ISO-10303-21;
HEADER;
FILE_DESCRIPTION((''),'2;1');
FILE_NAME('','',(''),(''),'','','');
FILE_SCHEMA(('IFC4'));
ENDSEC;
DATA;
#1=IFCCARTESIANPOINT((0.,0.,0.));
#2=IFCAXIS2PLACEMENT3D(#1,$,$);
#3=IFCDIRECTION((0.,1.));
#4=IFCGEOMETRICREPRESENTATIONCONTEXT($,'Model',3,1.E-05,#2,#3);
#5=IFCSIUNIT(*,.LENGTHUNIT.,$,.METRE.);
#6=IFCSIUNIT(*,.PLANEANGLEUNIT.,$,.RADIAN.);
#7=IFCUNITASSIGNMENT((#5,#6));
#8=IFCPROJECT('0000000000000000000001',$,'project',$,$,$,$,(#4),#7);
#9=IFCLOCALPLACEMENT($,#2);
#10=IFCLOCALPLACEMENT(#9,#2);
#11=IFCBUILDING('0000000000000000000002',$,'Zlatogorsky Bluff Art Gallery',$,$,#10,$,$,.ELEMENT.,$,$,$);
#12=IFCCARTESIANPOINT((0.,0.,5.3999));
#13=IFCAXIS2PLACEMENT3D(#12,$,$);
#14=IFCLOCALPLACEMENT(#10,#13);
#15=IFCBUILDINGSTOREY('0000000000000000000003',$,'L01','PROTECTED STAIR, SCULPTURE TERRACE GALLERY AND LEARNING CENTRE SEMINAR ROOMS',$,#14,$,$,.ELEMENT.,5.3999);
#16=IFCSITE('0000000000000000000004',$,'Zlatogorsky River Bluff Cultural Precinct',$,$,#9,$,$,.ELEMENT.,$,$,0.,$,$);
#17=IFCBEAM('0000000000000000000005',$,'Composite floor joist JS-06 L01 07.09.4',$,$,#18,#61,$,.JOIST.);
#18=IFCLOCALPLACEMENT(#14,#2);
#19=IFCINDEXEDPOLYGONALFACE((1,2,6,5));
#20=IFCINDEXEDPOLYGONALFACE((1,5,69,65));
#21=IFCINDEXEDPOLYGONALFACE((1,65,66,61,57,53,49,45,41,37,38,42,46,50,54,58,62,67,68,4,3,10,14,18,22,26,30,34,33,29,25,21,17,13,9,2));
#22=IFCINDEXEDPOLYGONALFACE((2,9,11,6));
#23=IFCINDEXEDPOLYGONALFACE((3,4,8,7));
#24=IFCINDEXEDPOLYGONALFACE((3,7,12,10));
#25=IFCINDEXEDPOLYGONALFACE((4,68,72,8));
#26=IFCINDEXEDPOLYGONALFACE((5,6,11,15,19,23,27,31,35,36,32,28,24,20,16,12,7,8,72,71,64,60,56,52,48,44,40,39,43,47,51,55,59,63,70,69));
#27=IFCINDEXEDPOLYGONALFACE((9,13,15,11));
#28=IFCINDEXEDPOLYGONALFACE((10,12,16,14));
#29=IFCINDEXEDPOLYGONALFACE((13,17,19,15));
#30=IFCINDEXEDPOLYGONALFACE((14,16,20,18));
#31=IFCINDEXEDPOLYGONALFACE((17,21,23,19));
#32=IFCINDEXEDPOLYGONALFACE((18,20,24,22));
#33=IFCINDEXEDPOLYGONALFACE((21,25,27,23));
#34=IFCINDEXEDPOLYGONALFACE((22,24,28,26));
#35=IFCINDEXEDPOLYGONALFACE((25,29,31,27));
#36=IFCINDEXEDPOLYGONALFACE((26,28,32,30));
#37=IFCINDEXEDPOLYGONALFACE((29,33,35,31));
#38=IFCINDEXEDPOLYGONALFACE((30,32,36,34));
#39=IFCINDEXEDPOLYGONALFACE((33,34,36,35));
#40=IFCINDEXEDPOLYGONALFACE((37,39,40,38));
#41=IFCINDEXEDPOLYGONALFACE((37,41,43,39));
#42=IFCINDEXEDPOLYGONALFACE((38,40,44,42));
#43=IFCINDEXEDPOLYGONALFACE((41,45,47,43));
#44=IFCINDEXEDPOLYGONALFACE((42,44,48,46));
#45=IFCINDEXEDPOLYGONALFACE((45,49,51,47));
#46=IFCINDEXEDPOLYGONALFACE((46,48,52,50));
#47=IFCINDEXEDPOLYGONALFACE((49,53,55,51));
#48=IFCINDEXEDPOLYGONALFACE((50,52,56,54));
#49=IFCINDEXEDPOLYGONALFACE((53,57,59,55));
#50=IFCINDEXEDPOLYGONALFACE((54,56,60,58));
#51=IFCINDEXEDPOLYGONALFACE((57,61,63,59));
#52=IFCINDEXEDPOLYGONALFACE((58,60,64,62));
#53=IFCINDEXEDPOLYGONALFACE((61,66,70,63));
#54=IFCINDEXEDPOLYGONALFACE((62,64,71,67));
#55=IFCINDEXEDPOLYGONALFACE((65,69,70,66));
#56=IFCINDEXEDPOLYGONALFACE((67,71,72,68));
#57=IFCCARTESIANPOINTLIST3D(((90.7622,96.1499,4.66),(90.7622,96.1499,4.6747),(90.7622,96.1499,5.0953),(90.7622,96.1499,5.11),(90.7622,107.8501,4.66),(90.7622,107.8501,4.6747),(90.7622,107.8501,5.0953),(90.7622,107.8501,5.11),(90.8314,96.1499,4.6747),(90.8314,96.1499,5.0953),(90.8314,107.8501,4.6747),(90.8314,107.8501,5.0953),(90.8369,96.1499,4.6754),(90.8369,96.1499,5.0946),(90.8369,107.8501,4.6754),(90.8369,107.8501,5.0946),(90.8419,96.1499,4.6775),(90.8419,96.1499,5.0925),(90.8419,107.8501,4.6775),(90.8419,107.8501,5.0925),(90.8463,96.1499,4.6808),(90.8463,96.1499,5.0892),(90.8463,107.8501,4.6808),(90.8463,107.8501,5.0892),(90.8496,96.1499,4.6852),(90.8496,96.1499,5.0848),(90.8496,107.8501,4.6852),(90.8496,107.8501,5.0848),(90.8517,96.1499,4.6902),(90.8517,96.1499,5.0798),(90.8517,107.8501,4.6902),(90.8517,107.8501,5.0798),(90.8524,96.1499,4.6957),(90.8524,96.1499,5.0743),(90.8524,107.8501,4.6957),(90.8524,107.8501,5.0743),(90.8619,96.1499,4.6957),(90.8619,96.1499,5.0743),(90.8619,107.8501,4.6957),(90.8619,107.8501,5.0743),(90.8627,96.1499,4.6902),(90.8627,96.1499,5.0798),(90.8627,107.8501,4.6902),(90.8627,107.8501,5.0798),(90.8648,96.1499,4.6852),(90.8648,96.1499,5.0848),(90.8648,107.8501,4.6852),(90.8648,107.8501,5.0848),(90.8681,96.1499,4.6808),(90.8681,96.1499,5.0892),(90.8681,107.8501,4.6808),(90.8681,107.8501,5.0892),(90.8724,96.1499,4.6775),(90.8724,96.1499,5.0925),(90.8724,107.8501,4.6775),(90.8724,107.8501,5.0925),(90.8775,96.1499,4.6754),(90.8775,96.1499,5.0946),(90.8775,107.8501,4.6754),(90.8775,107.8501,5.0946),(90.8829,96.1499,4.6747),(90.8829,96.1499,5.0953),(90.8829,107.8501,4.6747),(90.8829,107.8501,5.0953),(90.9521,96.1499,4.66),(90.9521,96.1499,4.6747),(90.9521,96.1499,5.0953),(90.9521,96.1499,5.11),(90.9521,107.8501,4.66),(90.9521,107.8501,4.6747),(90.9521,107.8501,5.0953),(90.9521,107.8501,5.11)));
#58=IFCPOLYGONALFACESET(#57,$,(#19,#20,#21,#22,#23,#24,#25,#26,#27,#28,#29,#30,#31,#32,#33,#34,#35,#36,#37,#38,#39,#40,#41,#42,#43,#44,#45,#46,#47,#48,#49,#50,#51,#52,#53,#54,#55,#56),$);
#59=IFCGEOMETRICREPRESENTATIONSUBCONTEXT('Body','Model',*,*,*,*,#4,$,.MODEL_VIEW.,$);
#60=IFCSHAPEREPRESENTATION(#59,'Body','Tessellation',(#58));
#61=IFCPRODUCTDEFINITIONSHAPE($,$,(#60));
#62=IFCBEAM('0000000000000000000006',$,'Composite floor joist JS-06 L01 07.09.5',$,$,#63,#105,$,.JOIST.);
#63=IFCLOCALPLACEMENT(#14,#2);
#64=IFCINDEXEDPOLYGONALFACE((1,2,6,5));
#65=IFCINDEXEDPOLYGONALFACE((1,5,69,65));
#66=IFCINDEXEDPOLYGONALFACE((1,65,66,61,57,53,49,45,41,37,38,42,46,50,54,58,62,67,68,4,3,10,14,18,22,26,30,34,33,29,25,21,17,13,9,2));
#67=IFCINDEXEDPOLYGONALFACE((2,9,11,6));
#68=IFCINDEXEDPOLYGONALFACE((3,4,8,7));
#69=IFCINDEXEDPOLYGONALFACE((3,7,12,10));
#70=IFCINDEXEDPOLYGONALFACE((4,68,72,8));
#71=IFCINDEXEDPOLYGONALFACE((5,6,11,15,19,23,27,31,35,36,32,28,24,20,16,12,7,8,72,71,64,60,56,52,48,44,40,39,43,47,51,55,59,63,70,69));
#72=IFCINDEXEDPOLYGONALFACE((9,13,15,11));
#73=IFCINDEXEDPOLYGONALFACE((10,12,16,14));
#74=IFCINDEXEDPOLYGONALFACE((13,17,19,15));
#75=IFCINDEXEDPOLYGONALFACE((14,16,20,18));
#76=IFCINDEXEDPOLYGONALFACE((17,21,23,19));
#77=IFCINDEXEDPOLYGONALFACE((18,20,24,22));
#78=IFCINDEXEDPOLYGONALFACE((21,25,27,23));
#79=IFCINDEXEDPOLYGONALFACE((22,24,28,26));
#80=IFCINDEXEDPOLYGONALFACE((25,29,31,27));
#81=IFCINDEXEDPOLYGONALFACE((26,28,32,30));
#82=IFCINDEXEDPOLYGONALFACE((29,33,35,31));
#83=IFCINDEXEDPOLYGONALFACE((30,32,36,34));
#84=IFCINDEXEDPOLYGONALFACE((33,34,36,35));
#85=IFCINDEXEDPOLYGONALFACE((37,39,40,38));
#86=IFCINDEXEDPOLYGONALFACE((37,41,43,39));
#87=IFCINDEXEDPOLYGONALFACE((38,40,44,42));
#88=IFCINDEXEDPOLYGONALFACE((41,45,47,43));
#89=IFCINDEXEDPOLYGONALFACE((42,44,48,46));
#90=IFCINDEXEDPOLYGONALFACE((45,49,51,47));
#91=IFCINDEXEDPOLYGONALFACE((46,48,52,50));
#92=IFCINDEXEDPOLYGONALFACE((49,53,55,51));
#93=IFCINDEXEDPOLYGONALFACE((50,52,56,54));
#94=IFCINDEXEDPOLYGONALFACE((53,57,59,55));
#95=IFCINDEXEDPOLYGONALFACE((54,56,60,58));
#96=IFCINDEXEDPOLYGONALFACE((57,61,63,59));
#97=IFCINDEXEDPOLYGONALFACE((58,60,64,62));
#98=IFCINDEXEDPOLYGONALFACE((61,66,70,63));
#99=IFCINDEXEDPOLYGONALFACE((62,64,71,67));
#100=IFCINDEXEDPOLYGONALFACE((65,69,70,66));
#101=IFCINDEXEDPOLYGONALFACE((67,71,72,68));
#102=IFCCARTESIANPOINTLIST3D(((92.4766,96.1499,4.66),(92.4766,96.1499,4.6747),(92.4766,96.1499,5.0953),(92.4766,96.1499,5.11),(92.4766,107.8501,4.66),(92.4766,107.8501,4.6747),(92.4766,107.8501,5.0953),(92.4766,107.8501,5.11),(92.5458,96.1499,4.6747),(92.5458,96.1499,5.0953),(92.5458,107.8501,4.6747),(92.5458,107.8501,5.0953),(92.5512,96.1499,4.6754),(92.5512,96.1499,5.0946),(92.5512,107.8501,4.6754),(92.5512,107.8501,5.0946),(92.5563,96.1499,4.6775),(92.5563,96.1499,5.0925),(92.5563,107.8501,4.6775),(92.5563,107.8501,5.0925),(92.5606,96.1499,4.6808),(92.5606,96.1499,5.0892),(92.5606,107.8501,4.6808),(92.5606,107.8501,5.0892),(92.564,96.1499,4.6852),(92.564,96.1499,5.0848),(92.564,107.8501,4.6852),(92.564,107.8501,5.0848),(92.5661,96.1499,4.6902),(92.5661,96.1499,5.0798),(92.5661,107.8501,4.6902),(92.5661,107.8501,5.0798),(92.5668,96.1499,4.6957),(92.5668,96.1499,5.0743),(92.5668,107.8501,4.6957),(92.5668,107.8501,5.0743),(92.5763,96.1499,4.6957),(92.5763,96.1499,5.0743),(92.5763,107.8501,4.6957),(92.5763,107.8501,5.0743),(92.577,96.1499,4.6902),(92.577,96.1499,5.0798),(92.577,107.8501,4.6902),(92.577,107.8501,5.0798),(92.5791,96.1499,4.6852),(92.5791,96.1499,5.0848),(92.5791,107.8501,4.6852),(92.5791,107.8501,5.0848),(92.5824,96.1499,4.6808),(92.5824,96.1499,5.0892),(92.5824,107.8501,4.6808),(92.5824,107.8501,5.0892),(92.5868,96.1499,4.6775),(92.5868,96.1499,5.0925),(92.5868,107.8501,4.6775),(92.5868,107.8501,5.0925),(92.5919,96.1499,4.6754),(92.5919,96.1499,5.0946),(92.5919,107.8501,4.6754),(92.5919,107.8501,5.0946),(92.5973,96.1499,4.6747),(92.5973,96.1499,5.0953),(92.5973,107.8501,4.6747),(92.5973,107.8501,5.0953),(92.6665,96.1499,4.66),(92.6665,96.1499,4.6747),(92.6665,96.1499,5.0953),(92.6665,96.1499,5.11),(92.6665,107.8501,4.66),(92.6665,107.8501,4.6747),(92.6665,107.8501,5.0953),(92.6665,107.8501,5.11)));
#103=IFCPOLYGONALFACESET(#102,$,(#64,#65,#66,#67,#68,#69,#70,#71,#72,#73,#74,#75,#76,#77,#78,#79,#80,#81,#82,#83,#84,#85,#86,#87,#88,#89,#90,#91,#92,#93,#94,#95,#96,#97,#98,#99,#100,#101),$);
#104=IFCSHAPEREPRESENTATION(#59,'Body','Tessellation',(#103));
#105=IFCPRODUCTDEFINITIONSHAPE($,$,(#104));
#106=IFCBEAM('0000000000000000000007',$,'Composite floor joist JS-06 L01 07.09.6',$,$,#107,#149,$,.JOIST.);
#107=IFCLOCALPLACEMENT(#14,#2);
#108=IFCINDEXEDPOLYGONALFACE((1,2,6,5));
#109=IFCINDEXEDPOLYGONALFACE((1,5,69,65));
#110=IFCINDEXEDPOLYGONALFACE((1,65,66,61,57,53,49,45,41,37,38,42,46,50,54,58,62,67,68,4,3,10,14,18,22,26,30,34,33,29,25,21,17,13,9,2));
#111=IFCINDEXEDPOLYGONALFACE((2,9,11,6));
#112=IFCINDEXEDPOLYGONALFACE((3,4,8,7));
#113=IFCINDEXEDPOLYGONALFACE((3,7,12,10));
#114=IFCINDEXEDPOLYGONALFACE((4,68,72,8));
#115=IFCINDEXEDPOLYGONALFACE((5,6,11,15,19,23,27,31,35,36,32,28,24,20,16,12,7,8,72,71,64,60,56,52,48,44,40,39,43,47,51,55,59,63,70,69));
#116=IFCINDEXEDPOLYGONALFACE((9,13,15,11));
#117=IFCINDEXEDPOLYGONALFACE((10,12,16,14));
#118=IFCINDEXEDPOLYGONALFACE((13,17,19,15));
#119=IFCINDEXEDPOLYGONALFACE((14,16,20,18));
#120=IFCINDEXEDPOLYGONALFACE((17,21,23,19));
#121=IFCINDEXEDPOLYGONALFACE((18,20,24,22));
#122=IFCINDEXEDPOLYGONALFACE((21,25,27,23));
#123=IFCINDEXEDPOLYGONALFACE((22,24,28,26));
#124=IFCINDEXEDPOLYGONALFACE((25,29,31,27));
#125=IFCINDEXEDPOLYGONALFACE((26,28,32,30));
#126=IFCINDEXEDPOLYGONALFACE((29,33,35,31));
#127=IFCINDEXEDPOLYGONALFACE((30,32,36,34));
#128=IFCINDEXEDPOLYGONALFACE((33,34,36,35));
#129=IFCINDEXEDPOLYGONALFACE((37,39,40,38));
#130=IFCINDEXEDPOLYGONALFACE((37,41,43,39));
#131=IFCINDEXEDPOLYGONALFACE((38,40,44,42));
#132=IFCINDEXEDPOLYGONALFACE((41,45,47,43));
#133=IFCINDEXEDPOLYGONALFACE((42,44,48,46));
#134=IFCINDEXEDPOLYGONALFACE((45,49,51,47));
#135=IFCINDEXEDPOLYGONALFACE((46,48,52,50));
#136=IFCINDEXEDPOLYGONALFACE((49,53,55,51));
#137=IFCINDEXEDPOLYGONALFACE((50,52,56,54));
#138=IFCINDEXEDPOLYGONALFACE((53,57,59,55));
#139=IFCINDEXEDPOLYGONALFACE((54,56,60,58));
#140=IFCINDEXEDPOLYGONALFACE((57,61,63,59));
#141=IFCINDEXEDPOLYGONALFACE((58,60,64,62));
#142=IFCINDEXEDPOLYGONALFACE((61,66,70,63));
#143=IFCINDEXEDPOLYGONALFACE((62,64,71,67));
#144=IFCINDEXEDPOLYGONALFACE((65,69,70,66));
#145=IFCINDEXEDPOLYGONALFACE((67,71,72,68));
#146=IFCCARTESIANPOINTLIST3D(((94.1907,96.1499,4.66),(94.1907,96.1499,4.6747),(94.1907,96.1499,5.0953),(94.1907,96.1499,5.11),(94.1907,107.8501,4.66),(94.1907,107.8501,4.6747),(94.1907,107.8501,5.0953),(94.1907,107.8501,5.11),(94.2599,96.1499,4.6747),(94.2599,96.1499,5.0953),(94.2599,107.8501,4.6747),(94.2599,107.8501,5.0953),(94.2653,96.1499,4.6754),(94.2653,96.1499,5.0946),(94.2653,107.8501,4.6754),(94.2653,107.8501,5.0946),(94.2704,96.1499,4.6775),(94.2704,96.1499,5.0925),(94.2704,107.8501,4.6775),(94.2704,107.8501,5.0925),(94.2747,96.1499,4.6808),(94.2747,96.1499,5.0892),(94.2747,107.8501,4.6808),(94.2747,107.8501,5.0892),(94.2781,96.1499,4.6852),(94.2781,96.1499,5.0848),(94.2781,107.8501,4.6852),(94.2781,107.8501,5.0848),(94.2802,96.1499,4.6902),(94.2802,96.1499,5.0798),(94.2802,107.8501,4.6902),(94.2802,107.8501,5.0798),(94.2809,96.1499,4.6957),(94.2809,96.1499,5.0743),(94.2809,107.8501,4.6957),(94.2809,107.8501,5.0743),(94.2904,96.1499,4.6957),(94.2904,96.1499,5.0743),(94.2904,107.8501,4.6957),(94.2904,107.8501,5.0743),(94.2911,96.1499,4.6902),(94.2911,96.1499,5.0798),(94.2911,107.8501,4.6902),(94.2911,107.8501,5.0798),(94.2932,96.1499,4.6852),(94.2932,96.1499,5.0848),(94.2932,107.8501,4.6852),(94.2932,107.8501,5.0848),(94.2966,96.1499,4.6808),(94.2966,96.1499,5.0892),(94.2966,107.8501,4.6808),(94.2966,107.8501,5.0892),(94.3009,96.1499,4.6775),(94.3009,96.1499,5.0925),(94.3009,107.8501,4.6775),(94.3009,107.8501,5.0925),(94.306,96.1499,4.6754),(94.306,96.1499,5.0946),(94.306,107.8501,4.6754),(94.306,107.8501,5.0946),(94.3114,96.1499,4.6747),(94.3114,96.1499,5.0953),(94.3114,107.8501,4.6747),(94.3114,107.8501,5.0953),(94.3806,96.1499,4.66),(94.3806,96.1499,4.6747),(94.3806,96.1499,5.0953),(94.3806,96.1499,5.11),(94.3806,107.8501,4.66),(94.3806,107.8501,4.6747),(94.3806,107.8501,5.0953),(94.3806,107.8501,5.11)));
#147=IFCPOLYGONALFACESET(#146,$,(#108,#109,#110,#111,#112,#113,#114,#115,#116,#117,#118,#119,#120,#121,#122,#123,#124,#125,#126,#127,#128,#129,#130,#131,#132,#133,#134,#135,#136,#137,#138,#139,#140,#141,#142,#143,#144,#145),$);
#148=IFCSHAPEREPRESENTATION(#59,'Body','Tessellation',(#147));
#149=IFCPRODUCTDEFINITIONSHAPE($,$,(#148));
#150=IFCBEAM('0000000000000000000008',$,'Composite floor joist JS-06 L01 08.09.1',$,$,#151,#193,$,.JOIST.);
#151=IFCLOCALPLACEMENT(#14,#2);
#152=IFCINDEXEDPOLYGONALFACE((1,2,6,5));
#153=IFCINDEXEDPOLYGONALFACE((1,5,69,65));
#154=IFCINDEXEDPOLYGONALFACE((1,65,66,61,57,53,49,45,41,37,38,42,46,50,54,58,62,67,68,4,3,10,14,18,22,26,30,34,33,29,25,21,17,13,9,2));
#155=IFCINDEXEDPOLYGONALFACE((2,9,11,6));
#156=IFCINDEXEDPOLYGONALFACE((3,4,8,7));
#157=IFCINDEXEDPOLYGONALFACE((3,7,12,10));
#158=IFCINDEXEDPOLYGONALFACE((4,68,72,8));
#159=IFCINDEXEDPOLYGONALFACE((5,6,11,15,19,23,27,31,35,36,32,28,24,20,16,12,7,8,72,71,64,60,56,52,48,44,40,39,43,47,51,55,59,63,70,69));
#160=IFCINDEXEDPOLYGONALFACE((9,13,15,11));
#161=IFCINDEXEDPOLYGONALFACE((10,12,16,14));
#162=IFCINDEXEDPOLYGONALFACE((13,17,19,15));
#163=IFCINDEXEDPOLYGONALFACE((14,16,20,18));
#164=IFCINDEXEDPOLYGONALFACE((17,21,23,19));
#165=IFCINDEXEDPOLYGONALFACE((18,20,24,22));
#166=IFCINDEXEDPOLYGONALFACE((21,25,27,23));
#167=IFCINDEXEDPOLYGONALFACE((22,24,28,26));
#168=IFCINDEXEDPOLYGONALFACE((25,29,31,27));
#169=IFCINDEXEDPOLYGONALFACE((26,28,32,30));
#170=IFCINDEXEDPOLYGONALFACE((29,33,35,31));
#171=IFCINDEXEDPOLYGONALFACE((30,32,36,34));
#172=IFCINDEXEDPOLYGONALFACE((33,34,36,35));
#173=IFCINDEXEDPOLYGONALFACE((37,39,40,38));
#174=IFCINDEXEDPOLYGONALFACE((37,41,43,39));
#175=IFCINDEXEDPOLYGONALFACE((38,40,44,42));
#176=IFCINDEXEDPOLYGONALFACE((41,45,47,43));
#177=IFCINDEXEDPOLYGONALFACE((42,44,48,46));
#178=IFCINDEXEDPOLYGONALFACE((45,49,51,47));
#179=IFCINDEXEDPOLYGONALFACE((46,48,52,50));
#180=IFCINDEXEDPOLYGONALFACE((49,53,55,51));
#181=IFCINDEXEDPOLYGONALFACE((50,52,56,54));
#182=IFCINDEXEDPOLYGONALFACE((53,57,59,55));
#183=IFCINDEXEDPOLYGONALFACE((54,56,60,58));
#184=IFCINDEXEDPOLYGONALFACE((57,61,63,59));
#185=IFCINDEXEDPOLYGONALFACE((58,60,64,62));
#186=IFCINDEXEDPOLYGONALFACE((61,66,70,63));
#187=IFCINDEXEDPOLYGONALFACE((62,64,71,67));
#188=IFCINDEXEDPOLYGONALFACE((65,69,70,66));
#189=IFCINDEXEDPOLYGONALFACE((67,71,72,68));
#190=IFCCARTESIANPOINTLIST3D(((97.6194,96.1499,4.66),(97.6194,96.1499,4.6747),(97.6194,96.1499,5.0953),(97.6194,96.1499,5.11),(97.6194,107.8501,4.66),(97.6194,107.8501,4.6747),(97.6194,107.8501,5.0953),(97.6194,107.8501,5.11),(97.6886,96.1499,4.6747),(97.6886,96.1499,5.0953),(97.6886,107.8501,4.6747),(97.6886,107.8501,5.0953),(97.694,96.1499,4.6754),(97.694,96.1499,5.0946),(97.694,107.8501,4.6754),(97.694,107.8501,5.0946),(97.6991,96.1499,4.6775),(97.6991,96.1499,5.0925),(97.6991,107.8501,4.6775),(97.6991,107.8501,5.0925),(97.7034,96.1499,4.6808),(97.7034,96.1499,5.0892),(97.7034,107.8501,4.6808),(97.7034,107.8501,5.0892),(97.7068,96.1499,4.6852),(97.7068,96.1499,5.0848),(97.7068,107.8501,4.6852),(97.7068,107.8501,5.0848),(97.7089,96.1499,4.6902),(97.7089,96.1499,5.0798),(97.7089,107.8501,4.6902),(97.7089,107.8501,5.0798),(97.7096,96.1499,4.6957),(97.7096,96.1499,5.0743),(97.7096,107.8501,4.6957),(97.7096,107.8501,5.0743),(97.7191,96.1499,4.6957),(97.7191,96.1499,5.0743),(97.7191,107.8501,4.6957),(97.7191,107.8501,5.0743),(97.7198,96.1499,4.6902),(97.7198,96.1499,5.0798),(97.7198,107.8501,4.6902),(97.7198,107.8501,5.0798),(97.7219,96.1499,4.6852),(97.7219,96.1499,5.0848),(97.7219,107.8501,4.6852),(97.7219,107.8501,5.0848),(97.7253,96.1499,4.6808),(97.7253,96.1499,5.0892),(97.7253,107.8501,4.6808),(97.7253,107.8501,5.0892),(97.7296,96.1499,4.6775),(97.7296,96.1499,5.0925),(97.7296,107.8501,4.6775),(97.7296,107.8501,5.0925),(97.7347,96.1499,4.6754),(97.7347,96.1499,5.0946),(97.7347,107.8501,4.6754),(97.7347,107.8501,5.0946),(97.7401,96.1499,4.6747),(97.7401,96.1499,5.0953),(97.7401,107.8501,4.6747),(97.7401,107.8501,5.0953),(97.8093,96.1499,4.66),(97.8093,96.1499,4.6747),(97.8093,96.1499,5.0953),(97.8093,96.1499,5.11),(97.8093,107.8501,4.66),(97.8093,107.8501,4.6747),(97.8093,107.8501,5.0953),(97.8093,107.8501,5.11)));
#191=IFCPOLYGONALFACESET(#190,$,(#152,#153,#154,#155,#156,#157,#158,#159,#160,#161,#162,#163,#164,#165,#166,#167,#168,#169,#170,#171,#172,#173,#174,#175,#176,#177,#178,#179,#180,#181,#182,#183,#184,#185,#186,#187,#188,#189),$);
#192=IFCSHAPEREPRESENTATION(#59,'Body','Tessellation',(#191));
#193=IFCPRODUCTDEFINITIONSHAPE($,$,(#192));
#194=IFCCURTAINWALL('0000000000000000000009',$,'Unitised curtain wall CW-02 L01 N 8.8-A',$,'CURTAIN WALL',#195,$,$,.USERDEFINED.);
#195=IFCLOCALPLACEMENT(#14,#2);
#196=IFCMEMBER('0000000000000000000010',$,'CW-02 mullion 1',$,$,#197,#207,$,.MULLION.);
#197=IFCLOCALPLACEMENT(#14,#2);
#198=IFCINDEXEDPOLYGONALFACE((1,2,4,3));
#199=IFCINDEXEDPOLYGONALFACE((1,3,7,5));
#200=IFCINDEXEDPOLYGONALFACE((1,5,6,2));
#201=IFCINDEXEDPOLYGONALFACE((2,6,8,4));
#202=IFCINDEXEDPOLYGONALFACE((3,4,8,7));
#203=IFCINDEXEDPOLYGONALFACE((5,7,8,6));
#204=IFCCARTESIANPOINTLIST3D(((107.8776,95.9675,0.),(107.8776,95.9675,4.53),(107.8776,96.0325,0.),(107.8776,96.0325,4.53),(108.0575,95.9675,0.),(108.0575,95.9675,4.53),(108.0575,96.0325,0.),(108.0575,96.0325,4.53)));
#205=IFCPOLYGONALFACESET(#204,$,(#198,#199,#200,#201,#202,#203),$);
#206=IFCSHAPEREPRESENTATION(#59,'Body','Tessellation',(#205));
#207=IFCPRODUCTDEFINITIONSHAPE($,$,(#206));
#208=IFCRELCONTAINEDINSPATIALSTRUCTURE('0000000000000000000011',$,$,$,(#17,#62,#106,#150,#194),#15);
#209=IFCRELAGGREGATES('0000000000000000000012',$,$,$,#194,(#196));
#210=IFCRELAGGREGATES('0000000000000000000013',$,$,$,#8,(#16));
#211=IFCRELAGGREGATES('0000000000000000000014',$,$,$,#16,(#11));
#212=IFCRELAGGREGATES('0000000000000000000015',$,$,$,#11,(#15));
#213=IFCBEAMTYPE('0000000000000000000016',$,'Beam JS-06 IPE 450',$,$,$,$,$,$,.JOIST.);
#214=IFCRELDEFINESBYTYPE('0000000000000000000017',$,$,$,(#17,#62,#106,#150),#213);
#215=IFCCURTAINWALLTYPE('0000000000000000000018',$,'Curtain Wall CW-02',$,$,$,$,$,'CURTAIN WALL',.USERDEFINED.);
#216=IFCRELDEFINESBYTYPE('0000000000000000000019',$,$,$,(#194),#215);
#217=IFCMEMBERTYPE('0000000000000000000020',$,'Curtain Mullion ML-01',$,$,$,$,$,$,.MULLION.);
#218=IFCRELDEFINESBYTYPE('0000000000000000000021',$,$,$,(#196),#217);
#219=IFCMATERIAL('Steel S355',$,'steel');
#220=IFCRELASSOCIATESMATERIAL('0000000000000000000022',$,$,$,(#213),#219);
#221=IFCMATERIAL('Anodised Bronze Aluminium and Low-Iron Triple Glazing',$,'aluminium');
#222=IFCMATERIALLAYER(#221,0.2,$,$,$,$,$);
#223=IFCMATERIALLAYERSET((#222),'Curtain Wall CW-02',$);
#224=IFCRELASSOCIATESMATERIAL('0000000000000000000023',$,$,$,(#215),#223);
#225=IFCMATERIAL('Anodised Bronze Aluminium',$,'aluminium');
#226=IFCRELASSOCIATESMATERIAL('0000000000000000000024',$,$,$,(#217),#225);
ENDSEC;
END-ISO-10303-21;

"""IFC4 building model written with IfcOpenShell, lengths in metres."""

from ifc_helpers import new_model, si_unit, direction, frame, origin, origin_2d, place, context, subcontext, project, spatial, rectangle, i_section, extrude, material, layer, layer_set, material_profile, profile_set, type_object, element, aggregate, save


model = new_model("IFC4")

# Units and contexts
model_context = context("Model", 3, precision=1e-05, world=origin(), true_north=direction((0.0, 1.0)))
body_context = subcontext(model_context, "Body", "Model", "MODEL_VIEW")
ifc_project = project(units=[si_unit("LENGTHUNIT", "METRE"), si_unit("PLANEANGLEUNIT", "RADIAN")], contexts=[model_context])

# Site, building, storey
site_placement = place(None, origin())
site = spatial("IfcSite", under=ifc_project, at=site_placement, Name="Zlatogorsky River Bluff Cultural Precinct", CompositionType="ELEMENT", RefElevation=0.0)
building_placement = place(site_placement, origin())
building = spatial("IfcBuilding", under=site, at=building_placement, Name="Zlatogorsky Bluff Art Gallery", CompositionType="ELEMENT")
storey_placement = place(building_placement, frame((0.0, 0.0, 5.3999)))
storey = spatial("IfcBuildingStorey", under=building, at=storey_placement, Name="L01", Description="PROTECTED STAIR, SCULPTURE TERRACE GALLERY AND LEARNING CENTRE SEMINAR ROOMS", CompositionType="ELEMENT", Elevation=5.3999)

# Shared definitions
ifc_material_1 = material(Name="Steel S355", Category="steel")

# Beams
ifc_material_profile_1 = material_profile(ifc_material_1, i_section(OverallWidth=0.1899, OverallDepth=0.45, WebThickness=0.0095, FlangeThickness=0.0146, FilletRadius=0.021, at=origin_2d()), Name="IPE 450")
ifc_profile_set_1 = profile_set([ifc_material_profile_1], Name="Steel S355")
beam_type_1 = type_object("IfcBeamType", Name="Beam JS-06 IPE 450", PredefinedType="JOIST", material=ifc_profile_set_1)
for number, where, z_axis, x_axis, name in (
    (1, (90.8572, 96.1499, 4.885), (0.0, 1.0, 0.0), (-1.0, 0.0, 0.0), "Composite floor joist JS-06 L01 07.09.4"),
    (2, (92.5715, 96.1499, 4.885), (0.0, 1.0, 0.0), (-1.0, 0.0, 0.0), "Composite floor joist JS-06 L01 07.09.5"),
    (3, (94.2856, 96.1499, 4.885), (0.0, 1.0, 0.0), (-1.0, 0.0, 0.0), "Composite floor joist JS-06 L01 07.09.6"),
    (4, (97.7144, 96.1499, 4.885), (0.0, 1.0, 0.0), (-1.0, 0.0, 0.0), "Composite floor joist JS-06 L01 08.09.1"),
):
    element("IfcBeam", number, at=place(storey_placement, frame(where, z_axis=z_axis, x_axis=x_axis)), inside=storey, type_object=beam_type_1, Name=name, PredefinedType="JOIST", context=body_context, shape_type="SweptSolid", body=[
        extrude(i_section(OverallWidth=0.1899, OverallDepth=0.45, WebThickness=0.0095, FlangeThickness=0.0146, FilletRadius=0.021, at=origin_2d()), origin(), (0.0, 0.0, 1.0), 11.7002),
    ])

# Curtain wall, member
ifc_material_2 = material(Name="Anodised Bronze Aluminium and Low-Iron Triple Glazing", Category="aluminium")
ifc_layer_1 = layer(ifc_material_2, 0.2)
ifc_layer_set_1 = layer_set([ifc_layer_1], Name="Curtain Wall CW-02")
curtain_wall_type = type_object("IfcCurtainWallType", Name="Curtain Wall CW-02", ElementType="CURTAIN WALL", PredefinedType="USERDEFINED", material=ifc_layer_set_1)
curtain_wall_1_placement = place(storey_placement, origin())
curtain_wall_1 = element("IfcCurtainWall", 5, at=curtain_wall_1_placement, inside=storey, type_object=curtain_wall_type, Name="Unitised curtain wall CW-02 L01 N 8.8-A", ObjectType="CURTAIN WALL", PredefinedType="USERDEFINED")
ifc_material_3 = material(Name="Anodised Bronze Aluminium", Category="aluminium")
ifc_material_profile_2 = material_profile(ifc_material_3, rectangle(XDim=0.0649, YDim=0.1799, at=origin_2d()), Name="ALU MULLION 65x180")
ifc_profile_set_2 = profile_set([ifc_material_profile_2], Name="Anodised Bronze Aluminium")
member_type_1 = type_object("IfcMemberType", Name="Curtain Mullion ML-01", PredefinedType="MULLION", material=ifc_profile_set_2)
member_1_placement = place(storey_placement, frame((107.9675, 96.0, 0.0), z_axis=(0.0, 0.0, 1.0), x_axis=(0.0, -1.0, 0.0)))
member_1 = element("IfcMember", 6, at=member_1_placement, type_object=member_type_1, Name="CW-02 mullion 1", PredefinedType="MULLION", context=body_context, shape_type="SweptSolid", body=[
    extrude(rectangle(XDim=0.0649, YDim=0.1799, at=origin_2d()), origin(), (0.0, 0.0, 1.0), 4.53),
])

aggregate(curtain_wall_1, [member_1])

save(model, "model.ifc")
